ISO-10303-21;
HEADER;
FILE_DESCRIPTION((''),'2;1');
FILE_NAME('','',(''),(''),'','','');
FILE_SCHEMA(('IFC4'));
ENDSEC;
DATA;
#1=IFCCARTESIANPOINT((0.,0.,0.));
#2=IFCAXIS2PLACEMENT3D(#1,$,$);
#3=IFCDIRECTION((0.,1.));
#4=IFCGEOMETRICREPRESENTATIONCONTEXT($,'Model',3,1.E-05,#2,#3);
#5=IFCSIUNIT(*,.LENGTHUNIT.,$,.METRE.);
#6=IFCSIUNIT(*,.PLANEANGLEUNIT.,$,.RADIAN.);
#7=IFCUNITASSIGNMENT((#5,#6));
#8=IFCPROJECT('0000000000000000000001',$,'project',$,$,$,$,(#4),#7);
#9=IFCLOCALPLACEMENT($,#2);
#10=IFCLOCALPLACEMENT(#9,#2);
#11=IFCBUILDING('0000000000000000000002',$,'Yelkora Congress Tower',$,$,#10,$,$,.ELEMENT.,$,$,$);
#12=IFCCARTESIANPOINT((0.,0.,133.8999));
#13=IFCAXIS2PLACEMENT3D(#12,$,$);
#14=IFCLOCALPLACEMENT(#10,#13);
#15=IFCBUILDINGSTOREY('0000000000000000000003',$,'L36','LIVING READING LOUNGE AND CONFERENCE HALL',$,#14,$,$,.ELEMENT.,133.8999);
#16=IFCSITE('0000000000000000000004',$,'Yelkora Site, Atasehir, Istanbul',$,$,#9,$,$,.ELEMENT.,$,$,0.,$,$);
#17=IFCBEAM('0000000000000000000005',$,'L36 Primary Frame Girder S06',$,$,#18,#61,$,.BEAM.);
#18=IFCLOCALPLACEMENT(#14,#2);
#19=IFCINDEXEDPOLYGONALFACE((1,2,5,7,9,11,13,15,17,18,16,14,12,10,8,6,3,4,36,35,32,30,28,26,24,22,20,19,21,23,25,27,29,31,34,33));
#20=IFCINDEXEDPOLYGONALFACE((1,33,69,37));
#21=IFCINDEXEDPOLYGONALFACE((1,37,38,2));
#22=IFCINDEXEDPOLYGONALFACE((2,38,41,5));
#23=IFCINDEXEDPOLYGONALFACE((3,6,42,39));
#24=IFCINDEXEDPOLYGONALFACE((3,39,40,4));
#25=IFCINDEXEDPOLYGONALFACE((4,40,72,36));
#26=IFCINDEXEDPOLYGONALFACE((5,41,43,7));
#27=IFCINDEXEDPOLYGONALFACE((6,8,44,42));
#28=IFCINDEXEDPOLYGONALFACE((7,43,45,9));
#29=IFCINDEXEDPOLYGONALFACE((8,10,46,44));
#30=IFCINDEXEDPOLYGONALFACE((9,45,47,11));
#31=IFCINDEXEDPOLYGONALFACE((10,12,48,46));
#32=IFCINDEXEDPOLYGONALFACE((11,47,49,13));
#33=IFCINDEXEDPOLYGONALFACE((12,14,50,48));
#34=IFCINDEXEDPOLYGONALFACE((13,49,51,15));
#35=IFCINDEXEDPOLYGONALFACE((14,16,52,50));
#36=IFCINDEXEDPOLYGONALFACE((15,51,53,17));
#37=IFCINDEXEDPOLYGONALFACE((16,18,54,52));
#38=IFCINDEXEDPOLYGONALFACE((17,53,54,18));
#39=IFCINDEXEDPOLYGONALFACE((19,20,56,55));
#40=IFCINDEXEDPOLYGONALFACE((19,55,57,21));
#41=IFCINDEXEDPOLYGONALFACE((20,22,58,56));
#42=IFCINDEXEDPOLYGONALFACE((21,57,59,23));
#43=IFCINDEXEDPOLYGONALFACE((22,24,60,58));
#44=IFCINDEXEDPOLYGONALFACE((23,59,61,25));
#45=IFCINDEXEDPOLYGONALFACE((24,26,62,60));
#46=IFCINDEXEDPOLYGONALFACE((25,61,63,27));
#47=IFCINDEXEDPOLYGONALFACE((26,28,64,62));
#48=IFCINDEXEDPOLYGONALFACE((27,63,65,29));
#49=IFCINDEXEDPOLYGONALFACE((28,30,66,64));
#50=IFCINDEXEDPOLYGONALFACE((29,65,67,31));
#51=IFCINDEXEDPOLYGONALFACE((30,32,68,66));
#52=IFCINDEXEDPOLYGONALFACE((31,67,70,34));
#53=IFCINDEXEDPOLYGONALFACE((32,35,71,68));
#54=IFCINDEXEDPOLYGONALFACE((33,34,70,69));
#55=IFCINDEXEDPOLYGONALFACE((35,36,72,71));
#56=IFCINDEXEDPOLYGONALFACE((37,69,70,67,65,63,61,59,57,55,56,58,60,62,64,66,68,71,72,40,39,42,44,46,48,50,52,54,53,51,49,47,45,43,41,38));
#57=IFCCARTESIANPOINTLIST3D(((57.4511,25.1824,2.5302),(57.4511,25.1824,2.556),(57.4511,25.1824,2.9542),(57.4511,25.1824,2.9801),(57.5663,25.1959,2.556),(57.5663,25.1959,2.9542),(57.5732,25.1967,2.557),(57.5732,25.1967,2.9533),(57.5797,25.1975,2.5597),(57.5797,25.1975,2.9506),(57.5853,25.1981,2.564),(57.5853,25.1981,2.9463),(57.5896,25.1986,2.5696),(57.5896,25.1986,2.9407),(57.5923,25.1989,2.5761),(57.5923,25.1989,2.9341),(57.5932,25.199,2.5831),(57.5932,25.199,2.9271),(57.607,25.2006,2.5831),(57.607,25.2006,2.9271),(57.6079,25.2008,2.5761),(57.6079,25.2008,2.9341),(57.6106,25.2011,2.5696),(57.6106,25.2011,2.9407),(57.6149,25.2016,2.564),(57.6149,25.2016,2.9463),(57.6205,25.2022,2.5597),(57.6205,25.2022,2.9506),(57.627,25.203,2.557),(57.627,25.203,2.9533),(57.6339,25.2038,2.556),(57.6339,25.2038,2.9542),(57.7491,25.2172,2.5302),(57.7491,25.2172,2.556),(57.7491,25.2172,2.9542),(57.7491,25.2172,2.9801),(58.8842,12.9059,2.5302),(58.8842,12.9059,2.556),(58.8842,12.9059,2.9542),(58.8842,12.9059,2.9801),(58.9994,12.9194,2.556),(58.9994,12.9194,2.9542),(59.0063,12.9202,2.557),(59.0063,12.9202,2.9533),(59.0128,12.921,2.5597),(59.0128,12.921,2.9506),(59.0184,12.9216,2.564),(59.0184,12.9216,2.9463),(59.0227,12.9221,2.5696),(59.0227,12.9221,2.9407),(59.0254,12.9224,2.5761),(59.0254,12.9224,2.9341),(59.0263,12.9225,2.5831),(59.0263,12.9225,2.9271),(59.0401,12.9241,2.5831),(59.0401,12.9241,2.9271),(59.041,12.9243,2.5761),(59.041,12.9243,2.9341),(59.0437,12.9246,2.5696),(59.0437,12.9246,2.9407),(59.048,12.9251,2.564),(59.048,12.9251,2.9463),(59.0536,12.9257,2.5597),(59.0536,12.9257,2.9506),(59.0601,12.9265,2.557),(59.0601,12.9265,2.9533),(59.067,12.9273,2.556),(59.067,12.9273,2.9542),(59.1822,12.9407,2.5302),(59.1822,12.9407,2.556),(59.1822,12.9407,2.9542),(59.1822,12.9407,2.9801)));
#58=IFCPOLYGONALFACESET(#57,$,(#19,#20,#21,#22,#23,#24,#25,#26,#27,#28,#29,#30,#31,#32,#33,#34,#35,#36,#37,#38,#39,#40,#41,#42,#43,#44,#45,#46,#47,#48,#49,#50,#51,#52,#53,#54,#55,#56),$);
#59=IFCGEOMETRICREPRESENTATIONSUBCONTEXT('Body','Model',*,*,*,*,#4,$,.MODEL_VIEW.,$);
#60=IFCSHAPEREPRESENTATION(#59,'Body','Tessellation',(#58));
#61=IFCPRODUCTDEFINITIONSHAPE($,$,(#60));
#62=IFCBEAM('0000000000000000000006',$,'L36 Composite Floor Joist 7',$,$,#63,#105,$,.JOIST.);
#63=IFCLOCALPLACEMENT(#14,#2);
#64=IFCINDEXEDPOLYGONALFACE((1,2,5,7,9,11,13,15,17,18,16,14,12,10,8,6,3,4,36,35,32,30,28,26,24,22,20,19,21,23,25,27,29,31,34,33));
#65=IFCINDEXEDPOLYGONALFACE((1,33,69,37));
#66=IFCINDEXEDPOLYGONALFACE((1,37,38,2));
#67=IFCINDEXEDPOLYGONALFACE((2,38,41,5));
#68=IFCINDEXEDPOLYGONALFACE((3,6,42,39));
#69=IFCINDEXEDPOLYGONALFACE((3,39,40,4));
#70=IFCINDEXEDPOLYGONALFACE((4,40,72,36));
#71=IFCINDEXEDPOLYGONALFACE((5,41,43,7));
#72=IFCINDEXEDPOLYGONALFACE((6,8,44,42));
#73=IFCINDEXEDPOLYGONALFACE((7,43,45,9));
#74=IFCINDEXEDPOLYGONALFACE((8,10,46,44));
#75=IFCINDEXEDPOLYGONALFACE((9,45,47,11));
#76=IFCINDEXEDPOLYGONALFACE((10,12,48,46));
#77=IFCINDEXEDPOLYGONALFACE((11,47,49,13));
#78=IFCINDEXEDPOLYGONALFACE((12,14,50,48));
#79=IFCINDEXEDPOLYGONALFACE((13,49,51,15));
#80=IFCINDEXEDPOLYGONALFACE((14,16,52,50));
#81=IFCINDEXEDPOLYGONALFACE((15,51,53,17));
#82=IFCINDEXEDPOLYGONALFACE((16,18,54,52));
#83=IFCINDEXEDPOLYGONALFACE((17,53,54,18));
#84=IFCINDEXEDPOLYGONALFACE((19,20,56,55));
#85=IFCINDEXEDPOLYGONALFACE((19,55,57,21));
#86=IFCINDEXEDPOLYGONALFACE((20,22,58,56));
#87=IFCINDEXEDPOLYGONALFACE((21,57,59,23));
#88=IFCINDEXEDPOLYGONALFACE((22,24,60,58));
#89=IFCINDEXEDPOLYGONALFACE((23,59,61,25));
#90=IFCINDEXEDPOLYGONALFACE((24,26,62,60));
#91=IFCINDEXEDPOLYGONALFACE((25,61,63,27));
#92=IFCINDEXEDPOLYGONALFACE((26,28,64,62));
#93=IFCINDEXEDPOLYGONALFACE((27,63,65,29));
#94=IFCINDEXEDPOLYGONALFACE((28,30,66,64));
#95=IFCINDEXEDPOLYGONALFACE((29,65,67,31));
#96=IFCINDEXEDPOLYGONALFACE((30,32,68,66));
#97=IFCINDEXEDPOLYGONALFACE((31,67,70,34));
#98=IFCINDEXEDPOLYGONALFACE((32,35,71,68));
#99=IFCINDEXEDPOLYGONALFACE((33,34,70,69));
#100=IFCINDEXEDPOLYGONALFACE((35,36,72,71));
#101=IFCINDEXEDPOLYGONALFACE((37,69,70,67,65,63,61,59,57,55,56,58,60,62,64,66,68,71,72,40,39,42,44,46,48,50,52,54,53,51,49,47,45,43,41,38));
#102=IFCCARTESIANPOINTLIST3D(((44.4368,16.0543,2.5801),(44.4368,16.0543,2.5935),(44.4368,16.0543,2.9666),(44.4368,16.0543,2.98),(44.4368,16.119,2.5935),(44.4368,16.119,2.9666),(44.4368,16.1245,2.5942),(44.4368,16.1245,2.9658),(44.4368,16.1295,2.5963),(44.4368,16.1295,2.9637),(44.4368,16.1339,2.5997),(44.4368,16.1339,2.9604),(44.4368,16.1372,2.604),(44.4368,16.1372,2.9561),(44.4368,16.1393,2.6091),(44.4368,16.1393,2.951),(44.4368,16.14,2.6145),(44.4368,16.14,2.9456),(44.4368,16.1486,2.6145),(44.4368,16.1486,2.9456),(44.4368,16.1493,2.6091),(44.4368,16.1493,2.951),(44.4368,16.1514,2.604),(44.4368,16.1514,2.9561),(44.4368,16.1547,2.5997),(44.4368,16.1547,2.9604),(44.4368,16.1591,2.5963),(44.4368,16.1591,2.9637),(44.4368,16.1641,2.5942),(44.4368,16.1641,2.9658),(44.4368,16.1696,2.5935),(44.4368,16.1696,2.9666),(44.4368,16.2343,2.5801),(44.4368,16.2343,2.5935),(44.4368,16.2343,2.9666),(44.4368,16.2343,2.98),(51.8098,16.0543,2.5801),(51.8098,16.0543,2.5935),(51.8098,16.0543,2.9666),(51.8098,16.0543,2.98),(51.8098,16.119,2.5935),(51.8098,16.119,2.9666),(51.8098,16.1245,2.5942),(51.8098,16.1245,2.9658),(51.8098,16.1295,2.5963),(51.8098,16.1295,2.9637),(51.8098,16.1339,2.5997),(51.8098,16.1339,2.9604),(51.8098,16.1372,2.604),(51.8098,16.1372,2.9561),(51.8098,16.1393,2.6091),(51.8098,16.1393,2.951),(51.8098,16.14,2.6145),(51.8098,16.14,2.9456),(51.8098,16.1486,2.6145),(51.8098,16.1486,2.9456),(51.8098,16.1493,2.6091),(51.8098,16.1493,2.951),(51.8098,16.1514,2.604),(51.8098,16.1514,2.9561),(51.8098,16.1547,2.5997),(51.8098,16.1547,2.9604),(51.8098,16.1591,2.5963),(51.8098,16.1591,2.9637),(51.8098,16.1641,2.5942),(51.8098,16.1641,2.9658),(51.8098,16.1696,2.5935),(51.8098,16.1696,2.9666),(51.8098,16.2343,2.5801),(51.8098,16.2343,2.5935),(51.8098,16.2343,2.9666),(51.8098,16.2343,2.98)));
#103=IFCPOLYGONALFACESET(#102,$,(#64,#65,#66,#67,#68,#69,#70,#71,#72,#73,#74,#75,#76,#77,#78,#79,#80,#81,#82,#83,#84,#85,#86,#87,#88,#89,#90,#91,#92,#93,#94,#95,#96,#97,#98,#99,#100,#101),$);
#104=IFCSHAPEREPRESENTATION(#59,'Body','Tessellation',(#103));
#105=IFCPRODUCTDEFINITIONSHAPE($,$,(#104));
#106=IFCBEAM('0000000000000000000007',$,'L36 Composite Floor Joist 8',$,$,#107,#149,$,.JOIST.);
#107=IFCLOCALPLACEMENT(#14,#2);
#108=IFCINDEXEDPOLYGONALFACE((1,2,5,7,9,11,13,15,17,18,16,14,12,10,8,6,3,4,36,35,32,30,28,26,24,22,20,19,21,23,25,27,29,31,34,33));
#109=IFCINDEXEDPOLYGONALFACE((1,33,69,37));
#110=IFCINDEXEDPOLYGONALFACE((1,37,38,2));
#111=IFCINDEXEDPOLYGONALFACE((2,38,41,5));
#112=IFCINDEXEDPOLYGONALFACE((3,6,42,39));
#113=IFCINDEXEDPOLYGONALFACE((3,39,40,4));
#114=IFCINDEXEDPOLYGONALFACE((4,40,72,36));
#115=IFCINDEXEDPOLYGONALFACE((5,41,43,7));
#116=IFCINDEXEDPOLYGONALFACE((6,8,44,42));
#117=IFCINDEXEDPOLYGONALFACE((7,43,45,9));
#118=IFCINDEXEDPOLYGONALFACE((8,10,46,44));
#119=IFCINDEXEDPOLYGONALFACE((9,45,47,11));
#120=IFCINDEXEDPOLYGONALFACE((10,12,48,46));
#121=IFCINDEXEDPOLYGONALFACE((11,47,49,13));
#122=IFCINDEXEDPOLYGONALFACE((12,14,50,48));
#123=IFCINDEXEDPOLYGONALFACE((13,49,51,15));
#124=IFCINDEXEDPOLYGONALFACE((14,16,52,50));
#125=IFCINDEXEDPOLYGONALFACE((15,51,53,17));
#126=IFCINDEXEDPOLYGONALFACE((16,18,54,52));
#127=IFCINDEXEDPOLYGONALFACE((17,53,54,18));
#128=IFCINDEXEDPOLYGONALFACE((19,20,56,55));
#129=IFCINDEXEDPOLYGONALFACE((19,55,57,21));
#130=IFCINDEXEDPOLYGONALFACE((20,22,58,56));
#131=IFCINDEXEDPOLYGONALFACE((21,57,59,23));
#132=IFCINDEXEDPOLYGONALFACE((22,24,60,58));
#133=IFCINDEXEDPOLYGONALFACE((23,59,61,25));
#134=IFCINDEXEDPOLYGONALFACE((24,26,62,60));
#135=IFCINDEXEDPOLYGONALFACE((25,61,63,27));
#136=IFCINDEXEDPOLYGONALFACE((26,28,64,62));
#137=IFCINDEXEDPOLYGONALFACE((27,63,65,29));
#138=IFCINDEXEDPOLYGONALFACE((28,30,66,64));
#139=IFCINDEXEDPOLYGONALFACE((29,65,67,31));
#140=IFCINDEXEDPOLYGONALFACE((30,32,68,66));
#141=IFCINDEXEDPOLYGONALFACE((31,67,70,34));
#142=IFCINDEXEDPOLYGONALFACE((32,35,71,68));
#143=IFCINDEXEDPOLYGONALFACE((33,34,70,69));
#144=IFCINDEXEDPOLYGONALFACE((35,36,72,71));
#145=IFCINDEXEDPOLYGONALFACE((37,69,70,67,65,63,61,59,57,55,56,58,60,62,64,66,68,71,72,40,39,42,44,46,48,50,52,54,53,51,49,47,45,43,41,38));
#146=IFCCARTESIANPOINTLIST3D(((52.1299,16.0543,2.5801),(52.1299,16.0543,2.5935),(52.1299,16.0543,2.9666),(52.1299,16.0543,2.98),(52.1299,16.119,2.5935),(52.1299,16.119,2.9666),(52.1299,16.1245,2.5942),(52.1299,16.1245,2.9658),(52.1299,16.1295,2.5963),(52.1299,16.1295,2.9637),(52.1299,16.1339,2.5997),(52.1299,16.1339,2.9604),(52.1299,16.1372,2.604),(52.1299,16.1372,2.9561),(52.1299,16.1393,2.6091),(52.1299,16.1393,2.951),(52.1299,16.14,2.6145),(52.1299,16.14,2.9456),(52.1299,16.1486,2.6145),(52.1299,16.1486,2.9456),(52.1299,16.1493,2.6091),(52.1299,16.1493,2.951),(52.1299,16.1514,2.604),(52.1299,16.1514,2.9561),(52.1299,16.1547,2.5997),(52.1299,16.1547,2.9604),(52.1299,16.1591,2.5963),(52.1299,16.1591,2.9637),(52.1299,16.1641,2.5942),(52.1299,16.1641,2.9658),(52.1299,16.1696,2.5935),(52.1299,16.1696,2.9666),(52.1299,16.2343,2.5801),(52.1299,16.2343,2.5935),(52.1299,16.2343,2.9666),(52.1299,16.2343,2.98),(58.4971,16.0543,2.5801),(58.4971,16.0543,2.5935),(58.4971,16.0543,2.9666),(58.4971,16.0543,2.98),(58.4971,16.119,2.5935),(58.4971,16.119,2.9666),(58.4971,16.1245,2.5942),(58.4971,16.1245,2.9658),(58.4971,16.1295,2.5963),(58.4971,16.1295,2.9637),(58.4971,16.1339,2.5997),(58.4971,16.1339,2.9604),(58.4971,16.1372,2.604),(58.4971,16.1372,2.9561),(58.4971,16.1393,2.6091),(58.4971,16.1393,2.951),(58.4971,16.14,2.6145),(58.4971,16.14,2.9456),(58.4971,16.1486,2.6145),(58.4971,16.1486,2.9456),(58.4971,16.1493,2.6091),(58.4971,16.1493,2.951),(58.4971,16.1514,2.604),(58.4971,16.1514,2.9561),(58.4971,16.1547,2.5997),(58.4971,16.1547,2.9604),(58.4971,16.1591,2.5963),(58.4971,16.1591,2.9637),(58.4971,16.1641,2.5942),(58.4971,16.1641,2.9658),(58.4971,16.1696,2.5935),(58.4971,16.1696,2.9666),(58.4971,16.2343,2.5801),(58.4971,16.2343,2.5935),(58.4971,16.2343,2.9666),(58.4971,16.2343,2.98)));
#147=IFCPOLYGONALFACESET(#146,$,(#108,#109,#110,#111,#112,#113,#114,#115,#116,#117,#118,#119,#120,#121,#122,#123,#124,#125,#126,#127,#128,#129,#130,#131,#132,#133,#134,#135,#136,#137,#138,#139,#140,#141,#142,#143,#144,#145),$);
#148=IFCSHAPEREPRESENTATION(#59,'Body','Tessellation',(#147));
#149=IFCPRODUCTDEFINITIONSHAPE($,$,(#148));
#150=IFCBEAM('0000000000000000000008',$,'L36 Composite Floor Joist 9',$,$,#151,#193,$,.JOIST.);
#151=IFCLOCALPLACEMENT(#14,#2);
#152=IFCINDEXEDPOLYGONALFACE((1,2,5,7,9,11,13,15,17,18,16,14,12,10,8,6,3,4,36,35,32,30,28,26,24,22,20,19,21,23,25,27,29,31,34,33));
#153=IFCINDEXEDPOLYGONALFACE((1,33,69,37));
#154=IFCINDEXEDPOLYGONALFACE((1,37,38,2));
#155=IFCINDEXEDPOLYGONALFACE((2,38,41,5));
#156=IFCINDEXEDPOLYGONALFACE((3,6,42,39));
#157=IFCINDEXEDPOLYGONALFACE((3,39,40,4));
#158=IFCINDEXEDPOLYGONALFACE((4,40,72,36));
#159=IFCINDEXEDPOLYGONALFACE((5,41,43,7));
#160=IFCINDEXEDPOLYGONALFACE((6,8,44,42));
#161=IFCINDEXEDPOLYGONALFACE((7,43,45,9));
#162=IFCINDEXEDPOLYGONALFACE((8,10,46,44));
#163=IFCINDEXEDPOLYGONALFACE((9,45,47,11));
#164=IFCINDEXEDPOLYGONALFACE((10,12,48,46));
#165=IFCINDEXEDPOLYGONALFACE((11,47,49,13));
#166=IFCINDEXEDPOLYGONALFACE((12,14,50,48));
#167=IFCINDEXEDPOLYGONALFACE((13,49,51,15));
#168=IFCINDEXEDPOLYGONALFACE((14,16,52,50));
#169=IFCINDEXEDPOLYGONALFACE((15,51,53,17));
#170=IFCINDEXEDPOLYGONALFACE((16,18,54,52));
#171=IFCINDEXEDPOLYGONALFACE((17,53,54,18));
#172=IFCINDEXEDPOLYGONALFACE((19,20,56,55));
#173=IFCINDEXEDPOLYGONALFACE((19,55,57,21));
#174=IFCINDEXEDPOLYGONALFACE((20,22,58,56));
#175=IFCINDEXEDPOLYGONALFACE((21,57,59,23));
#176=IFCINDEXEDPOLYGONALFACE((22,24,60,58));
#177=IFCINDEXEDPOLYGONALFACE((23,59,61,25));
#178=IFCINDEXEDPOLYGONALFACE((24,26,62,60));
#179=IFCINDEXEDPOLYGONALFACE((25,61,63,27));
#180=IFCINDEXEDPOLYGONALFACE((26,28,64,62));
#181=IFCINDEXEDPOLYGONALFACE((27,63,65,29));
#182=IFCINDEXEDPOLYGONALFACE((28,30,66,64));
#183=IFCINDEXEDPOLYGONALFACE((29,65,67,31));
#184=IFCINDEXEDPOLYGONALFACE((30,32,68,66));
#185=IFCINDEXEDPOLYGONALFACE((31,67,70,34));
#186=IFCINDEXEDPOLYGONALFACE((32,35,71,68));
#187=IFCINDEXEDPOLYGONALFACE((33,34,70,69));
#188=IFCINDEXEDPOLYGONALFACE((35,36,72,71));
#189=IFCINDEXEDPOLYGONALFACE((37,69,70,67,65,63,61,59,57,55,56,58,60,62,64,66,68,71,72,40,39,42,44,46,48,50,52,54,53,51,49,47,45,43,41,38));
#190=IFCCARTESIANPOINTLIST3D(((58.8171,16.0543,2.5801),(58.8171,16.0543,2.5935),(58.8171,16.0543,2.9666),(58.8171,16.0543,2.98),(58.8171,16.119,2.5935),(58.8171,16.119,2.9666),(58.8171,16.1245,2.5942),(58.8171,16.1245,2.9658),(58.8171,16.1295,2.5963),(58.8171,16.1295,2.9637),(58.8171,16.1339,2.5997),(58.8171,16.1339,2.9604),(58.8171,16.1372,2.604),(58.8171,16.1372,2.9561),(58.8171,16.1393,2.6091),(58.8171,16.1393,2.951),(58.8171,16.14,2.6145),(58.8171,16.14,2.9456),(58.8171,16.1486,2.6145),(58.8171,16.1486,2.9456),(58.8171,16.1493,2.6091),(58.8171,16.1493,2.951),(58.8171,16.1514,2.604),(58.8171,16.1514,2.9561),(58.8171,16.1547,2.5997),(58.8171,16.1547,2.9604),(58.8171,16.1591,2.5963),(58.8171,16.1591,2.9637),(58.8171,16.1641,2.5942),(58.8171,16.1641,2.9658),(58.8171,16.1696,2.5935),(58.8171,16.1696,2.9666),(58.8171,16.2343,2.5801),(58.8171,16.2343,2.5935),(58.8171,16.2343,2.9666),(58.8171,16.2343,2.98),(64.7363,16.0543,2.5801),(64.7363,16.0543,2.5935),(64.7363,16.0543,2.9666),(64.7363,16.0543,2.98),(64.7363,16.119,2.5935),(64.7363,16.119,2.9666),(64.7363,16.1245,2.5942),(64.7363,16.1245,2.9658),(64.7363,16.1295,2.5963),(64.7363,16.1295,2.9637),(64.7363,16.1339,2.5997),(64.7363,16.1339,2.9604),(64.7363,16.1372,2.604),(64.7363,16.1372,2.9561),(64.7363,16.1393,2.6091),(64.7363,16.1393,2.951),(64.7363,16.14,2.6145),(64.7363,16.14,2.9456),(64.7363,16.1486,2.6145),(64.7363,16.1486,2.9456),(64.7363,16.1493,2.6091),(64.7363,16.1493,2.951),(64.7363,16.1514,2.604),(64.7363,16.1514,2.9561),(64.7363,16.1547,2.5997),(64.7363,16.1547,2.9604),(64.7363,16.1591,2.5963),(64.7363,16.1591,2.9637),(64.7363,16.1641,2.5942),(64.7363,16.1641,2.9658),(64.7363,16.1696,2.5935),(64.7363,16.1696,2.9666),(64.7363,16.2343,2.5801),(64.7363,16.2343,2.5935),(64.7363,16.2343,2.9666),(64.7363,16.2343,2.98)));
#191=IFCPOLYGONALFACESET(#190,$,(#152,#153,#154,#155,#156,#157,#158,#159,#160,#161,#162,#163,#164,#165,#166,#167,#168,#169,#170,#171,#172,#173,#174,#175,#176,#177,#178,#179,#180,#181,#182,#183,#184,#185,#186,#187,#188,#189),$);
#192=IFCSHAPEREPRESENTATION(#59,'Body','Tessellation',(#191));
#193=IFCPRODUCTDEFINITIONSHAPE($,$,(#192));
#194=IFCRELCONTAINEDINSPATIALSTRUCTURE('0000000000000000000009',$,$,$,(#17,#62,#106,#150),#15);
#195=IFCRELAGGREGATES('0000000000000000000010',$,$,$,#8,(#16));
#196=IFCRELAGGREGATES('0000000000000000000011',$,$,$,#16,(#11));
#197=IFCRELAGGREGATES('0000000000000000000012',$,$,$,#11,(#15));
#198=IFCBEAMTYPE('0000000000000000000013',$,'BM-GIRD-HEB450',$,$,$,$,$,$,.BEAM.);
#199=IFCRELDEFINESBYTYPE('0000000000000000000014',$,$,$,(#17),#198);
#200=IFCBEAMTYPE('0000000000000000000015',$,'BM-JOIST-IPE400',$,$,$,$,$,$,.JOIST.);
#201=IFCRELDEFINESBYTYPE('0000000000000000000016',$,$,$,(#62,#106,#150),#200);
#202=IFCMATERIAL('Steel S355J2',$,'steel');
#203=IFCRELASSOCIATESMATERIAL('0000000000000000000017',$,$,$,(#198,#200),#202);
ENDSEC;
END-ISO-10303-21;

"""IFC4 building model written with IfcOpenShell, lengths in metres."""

from ifc_helpers import new_model, si_unit, direction, frame, origin, origin_2d, place, context, subcontext, project, spatial, i_section, extrude, material, material_profile, profile_set, type_object, element, save


model = new_model("IFC4")

# Units and contexts
model_context = context("Model", 3, precision=1e-05, world=origin(), true_north=direction((0.0, 1.0)))
body_context = subcontext(model_context, "Body", "Model", "MODEL_VIEW")
ifc_project = project(units=[si_unit("LENGTHUNIT", "METRE"), si_unit("PLANEANGLEUNIT", "RADIAN")], contexts=[model_context])

# Site, building, storey
site_placement = place(None, origin())
site = spatial("IfcSite", under=ifc_project, at=site_placement, Name="Yelkora Site, Atasehir, Istanbul", CompositionType="ELEMENT", RefElevation=0.0)
building_placement = place(site_placement, origin())
building = spatial("IfcBuilding", under=site, at=building_placement, Name="Yelkora Congress Tower", CompositionType="ELEMENT")
storey_placement = place(building_placement, frame((0.0, 0.0, 133.8999)))
storey = spatial("IfcBuildingStorey", under=building, at=storey_placement, Name="L36", Description="LIVING READING LOUNGE AND CONFERENCE HALL", CompositionType="ELEMENT", Elevation=133.8999)

# Beams
ifc_material_1 = material(Name="Steel S355J2", Category="steel")
ifc_material_profile_1 = material_profile(ifc_material_1, i_section(OverallWidth=0.3, OverallDepth=0.45, WebThickness=0.0139, FlangeThickness=0.0259, FilletRadius=0.0271, at=origin_2d()), Name="HEB 450")
ifc_profile_set_1 = profile_set([ifc_material_profile_1], Name="Steel S355J2")
beam_type_1 = type_object("IfcBeamType", Name="BM-GIRD-HEB450", PredefinedType="BEAM", material=ifc_profile_set_1)
beam_1_placement = place(storey_placement, frame((59.0332, 12.9233, 2.7551), z_axis=(-0.115947, 0.993255, 0.0), x_axis=(-0.993255, -0.115947, 0.0)))
element("IfcBeam", 1, at=beam_1_placement, inside=storey, type_object=beam_type_1, Name="L36 Primary Frame Girder S06", PredefinedType="BEAM", context=body_context, shape_type="SweptSolid", body=[
    extrude(i_section(OverallWidth=0.3, OverallDepth=0.45, WebThickness=0.0139, FlangeThickness=0.0259, FilletRadius=0.0271, at=origin_2d()), origin(), (0.0, 0.0, 1.0), 12.3599),
])
ifc_material_profile_2 = material_profile(ifc_material_1, i_section(OverallWidth=0.1799, OverallDepth=0.3999, WebThickness=0.0085, FlangeThickness=0.0134, FilletRadius=0.021, at=origin_2d()), Name="IPE 400")
ifc_profile_set_2 = profile_set([ifc_material_profile_2], Name="Steel S355J2")
beam_type_2 = type_object("IfcBeamType", Name="BM-JOIST-IPE400", PredefinedType="JOIST", material=ifc_profile_set_2)
beam_2_placement = place(storey_placement, frame((44.4368, 16.1443, 2.78), z_axis=(1.0, 0.0, 0.0), x_axis=(0.0, 1.0, 0.0)))
element("IfcBeam", 2, at=beam_2_placement, inside=storey, type_object=beam_type_2, Name="L36 Composite Floor Joist 7", PredefinedType="JOIST", context=body_context, shape_type="SweptSolid", body=[
    extrude(i_section(OverallWidth=0.1799, OverallDepth=0.3999, WebThickness=0.0085, FlangeThickness=0.0134, FilletRadius=0.021, at=origin_2d()), origin(), (0.0, 0.0, 1.0), 7.373),
])
beam_3_placement = place(storey_placement, frame((52.1299, 16.1443, 2.78), z_axis=(1.0, 0.0, 0.0), x_axis=(0.0, 1.0, 0.0)))
element("IfcBeam", 3, at=beam_3_placement, inside=storey, type_object=beam_type_2, Name="L36 Composite Floor Joist 8", PredefinedType="JOIST", context=body_context, shape_type="SweptSolid", body=[
    extrude(i_section(OverallWidth=0.1799, OverallDepth=0.3999, WebThickness=0.0085, FlangeThickness=0.0134, FilletRadius=0.021, at=origin_2d()), origin(), (0.0, 0.0, 1.0), 6.3672),
])
beam_4_placement = place(storey_placement, frame((58.8171, 16.1443, 2.78), z_axis=(1.0, 0.0, 0.0), x_axis=(0.0, 1.0, 0.0)))
element("IfcBeam", 4, at=beam_4_placement, inside=storey, type_object=beam_type_2, Name="L36 Composite Floor Joist 9", PredefinedType="JOIST", context=body_context, shape_type="SweptSolid", body=[
    extrude(i_section(OverallWidth=0.1799, OverallDepth=0.3999, WebThickness=0.0085, FlangeThickness=0.0134, FilletRadius=0.021, at=origin_2d()), origin(), (0.0, 0.0, 1.0), 5.9192),
])

save(model, "model.ifc")
